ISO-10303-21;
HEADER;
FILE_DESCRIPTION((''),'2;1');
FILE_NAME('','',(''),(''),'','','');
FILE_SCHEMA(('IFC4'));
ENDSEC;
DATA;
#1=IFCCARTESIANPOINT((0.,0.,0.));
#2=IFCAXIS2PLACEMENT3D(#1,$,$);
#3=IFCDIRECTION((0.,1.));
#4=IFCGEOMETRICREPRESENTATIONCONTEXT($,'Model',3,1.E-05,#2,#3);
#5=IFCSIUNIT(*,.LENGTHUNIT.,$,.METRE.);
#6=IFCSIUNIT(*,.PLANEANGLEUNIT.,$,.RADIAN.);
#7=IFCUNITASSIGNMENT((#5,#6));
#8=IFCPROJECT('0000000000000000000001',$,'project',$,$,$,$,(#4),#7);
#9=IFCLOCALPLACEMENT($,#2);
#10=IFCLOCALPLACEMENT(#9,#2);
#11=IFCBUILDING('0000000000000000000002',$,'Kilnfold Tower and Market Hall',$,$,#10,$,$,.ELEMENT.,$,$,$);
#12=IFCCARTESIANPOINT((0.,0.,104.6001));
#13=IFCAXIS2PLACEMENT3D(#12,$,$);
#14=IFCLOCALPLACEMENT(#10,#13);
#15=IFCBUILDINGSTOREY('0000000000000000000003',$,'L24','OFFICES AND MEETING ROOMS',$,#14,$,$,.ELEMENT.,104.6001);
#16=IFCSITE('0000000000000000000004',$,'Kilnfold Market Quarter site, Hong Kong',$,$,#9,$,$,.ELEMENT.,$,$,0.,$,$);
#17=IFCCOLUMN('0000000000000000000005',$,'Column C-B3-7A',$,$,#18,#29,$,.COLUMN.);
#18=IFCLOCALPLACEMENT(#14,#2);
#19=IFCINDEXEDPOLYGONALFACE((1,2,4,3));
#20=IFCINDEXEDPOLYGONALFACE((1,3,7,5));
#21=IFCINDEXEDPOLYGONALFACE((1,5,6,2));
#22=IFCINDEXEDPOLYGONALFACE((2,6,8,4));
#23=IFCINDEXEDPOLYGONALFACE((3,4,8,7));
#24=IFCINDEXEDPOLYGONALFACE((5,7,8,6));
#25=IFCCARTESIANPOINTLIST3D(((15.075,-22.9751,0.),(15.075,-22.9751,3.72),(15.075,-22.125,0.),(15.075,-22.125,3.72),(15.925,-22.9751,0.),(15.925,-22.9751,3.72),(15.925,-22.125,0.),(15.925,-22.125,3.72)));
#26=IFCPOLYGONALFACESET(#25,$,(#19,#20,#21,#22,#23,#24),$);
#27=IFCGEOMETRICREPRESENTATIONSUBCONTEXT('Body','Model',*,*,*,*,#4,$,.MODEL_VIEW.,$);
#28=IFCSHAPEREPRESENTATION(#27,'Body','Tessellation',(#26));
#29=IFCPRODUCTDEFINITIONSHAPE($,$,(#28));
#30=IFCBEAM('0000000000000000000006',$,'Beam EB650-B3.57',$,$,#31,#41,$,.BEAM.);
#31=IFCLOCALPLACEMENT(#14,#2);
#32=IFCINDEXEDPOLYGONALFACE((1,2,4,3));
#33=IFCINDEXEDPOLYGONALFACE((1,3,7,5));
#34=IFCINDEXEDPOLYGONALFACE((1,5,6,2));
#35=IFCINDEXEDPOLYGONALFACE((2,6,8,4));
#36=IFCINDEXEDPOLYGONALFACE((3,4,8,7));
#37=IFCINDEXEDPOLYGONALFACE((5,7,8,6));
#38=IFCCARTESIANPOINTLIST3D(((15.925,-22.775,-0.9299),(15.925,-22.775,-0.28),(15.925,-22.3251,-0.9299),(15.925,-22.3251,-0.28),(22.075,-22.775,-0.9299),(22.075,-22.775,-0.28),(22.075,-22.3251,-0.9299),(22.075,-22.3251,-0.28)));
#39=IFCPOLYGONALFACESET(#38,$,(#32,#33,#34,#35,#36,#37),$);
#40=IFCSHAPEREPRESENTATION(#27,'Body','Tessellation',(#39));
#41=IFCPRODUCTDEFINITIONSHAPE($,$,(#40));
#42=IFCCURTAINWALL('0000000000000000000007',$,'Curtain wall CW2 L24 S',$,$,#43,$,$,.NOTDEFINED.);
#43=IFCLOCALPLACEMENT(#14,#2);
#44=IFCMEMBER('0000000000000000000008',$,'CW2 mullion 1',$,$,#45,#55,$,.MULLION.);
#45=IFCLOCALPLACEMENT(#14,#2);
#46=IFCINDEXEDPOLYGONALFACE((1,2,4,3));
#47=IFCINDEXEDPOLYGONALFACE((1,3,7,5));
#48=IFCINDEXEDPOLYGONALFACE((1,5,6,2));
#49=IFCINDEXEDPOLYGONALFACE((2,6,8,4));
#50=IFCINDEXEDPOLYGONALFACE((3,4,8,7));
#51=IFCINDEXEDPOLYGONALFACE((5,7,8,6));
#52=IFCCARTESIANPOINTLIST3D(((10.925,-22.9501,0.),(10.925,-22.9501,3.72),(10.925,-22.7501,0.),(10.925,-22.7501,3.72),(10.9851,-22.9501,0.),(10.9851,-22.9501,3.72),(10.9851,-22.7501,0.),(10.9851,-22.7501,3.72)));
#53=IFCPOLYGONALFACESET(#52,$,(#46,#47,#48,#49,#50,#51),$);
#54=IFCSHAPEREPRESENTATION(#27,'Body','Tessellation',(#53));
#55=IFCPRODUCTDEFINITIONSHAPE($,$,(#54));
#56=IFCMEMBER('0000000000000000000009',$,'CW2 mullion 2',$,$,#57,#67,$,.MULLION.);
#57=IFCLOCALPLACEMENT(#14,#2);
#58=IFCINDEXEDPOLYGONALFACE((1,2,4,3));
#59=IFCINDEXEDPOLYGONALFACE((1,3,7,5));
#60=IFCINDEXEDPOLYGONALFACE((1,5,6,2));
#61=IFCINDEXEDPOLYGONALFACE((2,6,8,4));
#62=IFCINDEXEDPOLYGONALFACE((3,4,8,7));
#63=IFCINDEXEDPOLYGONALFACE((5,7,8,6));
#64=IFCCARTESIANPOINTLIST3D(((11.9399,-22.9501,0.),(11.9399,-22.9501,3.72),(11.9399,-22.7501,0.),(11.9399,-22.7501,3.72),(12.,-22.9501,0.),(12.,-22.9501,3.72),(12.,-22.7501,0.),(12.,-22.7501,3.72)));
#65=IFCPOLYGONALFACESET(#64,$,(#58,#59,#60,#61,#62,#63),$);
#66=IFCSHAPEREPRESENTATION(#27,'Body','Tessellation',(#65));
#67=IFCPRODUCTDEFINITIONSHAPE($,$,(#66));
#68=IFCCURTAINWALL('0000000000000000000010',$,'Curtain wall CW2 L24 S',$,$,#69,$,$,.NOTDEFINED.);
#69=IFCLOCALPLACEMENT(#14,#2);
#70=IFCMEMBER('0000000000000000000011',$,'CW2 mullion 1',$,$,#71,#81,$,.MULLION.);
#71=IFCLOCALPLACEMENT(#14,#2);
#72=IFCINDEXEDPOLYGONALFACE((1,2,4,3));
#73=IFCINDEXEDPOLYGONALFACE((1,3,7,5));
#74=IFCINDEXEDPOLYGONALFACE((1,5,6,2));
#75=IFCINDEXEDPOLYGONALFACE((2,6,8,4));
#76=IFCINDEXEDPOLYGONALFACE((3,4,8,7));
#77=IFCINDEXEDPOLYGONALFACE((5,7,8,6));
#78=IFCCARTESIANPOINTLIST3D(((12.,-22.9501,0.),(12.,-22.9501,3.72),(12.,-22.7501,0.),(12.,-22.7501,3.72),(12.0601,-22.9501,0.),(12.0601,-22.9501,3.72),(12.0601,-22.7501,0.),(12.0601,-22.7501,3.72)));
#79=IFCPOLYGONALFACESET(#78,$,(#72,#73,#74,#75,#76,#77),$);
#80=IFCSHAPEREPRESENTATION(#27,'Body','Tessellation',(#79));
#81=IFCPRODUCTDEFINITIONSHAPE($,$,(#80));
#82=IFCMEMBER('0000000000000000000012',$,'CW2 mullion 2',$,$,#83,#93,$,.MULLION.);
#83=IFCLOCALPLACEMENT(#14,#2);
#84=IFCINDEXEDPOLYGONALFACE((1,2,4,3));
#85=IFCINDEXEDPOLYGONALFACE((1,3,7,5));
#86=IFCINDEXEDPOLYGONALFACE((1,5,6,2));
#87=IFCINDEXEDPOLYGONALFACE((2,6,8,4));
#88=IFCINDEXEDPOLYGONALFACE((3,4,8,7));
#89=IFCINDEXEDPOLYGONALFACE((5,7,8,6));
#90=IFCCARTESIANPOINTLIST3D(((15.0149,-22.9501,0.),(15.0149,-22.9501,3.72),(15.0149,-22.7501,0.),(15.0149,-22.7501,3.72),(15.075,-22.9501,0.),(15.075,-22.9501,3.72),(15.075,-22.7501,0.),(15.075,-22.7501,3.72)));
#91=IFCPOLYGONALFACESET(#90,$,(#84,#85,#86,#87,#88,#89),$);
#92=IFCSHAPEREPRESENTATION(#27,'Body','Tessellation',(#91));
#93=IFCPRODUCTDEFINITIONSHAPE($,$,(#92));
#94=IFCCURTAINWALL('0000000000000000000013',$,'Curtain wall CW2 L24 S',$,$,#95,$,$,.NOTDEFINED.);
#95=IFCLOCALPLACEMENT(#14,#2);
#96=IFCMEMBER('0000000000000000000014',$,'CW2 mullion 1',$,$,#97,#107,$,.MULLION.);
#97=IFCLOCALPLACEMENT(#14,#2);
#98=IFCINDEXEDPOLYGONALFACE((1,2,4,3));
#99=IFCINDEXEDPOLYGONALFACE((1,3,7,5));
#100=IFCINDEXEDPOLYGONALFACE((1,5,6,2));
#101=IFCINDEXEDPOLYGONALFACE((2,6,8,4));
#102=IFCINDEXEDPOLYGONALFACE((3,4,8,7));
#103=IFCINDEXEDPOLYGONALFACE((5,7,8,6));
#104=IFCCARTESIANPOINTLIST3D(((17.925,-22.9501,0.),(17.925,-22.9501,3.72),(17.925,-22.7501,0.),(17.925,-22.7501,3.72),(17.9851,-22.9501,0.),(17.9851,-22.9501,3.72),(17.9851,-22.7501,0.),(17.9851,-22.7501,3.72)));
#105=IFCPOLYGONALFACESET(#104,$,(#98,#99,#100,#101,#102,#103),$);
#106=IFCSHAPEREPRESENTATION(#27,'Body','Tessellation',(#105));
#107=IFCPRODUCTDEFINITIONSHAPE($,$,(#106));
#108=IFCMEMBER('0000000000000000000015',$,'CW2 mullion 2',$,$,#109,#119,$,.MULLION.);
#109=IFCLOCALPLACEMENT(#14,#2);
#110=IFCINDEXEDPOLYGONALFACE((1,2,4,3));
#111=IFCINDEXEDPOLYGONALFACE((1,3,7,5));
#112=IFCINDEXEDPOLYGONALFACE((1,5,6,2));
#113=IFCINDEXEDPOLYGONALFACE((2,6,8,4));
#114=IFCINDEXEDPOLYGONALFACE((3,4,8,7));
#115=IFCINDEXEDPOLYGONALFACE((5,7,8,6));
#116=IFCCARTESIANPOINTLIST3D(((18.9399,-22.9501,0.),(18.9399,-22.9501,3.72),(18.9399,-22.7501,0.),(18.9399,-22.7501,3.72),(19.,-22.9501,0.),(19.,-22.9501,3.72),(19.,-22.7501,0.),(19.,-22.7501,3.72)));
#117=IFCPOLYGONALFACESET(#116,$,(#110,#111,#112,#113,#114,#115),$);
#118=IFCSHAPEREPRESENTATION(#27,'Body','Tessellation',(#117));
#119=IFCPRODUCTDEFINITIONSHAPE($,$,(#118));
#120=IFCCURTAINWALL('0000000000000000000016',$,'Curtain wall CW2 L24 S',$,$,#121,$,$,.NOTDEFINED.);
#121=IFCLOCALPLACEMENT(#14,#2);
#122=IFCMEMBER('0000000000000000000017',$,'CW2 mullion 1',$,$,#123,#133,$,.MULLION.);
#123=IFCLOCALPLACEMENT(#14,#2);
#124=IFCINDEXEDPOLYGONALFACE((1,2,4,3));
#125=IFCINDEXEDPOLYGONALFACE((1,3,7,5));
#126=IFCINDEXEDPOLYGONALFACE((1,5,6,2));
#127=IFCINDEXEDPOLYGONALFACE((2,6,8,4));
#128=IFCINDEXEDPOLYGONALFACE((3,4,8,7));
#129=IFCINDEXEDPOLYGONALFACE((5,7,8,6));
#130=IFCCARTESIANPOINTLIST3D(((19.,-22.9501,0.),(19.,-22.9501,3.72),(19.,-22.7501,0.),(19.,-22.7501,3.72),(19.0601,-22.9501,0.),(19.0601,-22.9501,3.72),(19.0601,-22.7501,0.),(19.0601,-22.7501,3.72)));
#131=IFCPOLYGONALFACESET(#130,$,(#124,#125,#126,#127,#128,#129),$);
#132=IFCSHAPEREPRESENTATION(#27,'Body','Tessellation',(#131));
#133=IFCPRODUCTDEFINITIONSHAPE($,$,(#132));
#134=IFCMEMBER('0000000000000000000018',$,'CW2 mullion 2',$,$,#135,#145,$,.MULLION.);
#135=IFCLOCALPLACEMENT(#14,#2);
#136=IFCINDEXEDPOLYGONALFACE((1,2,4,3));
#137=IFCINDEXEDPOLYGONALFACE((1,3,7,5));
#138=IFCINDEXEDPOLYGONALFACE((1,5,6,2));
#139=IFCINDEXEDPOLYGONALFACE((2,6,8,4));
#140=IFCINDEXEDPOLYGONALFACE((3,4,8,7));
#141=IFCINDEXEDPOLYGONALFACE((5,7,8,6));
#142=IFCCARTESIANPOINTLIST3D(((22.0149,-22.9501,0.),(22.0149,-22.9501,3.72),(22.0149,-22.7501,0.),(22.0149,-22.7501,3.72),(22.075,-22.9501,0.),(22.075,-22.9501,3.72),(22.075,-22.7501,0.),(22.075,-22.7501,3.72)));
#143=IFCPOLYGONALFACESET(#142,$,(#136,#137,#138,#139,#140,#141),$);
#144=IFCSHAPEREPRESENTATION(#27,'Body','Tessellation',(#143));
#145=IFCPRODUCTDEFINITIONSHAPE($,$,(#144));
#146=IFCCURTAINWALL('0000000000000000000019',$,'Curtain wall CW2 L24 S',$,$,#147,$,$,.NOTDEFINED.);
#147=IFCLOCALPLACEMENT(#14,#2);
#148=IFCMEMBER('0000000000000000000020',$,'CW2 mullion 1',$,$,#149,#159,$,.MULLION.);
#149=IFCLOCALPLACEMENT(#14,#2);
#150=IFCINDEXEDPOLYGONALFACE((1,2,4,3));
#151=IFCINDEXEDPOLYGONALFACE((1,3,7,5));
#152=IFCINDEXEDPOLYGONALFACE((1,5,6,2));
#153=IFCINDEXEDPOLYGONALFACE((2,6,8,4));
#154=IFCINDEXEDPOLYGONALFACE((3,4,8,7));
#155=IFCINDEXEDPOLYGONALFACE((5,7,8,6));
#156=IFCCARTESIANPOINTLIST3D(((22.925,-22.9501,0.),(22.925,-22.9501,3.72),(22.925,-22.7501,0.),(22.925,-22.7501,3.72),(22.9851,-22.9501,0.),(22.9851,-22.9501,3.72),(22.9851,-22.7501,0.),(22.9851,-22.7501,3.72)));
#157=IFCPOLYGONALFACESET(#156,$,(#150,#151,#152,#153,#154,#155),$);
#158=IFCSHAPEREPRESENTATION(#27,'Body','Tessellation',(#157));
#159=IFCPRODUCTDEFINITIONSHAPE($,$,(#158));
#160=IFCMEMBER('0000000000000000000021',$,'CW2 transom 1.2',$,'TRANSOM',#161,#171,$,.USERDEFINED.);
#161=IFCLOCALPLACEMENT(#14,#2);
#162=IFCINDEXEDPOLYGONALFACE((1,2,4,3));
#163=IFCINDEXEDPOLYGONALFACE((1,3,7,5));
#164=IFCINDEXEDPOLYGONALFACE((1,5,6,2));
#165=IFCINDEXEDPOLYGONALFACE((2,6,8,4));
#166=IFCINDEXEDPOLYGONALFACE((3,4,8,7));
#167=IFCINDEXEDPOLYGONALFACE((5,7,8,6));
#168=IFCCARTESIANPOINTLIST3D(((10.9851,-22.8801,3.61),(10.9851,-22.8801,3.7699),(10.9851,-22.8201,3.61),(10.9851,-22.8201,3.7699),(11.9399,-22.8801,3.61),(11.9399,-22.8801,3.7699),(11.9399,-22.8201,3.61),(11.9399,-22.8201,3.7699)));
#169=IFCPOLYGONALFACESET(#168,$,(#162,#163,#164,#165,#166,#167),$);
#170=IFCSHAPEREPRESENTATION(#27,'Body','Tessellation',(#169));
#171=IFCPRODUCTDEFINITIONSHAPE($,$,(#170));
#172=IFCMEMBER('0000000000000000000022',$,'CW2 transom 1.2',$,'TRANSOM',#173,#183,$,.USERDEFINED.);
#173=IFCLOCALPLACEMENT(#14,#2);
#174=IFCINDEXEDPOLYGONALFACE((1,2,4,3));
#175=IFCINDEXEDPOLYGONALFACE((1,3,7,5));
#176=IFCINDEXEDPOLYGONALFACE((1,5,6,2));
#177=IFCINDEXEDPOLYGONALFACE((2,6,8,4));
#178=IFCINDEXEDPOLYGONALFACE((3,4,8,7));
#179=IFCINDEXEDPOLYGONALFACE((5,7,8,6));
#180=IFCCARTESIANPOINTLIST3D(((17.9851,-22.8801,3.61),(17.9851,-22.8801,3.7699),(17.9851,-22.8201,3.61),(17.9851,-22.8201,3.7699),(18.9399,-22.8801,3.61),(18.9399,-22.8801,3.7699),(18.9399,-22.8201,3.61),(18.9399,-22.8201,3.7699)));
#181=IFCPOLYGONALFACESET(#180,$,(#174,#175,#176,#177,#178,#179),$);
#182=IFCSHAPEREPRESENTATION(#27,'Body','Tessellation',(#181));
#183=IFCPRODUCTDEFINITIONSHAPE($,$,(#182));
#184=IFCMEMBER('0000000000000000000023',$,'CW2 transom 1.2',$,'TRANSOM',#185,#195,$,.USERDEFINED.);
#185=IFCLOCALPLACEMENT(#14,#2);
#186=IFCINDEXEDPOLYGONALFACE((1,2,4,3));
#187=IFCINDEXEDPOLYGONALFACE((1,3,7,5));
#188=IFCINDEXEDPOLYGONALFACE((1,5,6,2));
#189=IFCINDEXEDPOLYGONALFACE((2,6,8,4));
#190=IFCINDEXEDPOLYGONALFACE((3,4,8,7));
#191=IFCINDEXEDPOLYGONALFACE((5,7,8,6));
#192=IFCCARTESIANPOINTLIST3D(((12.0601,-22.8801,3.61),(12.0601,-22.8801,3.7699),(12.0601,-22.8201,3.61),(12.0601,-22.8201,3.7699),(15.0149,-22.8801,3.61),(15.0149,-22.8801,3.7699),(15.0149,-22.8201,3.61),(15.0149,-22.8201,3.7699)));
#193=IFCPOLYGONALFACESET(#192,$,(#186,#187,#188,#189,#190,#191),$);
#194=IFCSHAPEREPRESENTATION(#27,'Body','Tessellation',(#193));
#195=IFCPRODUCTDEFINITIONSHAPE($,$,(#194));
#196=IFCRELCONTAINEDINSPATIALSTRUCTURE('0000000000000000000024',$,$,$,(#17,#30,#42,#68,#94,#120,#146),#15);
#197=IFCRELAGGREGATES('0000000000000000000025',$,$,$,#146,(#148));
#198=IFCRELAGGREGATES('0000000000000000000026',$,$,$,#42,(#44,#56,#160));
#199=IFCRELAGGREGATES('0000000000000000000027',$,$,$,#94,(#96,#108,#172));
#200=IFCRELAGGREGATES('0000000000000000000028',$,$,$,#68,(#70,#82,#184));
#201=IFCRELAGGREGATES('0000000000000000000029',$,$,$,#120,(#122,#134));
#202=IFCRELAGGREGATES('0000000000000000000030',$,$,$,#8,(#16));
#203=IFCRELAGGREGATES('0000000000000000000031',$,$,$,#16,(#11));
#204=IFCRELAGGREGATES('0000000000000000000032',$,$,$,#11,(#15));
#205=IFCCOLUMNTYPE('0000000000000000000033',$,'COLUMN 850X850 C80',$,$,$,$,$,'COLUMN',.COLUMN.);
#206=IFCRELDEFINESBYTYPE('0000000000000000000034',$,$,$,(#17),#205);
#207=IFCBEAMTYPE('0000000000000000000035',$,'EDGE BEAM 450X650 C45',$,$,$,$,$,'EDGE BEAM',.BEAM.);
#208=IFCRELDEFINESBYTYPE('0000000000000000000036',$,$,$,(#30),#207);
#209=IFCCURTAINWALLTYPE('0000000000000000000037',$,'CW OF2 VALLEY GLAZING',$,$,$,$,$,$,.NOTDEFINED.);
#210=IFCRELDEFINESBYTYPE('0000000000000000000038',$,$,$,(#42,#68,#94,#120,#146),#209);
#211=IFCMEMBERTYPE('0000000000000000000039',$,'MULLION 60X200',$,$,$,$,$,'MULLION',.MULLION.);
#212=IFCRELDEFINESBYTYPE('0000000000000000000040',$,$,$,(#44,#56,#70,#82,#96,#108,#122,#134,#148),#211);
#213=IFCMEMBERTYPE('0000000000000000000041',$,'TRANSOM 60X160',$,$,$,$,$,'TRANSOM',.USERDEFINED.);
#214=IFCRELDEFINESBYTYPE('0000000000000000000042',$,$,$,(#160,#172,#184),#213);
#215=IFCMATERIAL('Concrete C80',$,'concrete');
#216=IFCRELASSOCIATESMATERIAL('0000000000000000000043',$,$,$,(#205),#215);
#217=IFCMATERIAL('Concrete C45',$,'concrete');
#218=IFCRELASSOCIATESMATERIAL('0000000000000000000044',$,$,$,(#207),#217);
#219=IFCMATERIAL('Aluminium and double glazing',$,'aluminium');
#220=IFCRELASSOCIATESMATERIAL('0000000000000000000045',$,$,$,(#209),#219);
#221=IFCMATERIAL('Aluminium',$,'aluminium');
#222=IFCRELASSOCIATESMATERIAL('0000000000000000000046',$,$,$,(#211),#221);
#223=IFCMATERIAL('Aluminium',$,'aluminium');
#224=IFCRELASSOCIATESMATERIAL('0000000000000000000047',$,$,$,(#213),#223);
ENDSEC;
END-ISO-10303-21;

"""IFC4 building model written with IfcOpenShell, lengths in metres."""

from ifc_helpers import new_model, si_unit, direction, frame, origin, origin_2d, place, context, subcontext, project, spatial, rectangle, extrude, source, transform, mapped, material, material_profile, profile_set, type_object, element, aggregate, save


model = new_model("IFC4")

# Units and contexts
model_context = context("Model", 3, precision=1e-05, world=origin(), true_north=direction((0.0, 1.0)))
body_context = subcontext(model_context, "Body", "Model", "MODEL_VIEW")
ifc_project = project(units=[si_unit("LENGTHUNIT", "METRE"), si_unit("PLANEANGLEUNIT", "RADIAN")], contexts=[model_context])

# Site, building, storey
site_placement = place(None, origin())
site = spatial("IfcSite", under=ifc_project, at=site_placement, Name="Kilnfold Market Quarter site, Hong Kong", CompositionType="ELEMENT", RefElevation=0.0)
building_placement = place(site_placement, origin())
building = spatial("IfcBuilding", under=site, at=building_placement, Name="Kilnfold Tower and Market Hall", CompositionType="ELEMENT")
storey_placement = place(building_placement, frame((0.0, 0.0, 104.6001)))
storey = spatial("IfcBuildingStorey", under=building, at=storey_placement, Name="L24", Description="OFFICES AND MEETING ROOMS", CompositionType="ELEMENT", Elevation=104.6001)

# Column
ifc_material_1 = material(Name="Concrete C80", Category="concrete")
ifc_material_profile_1 = material_profile(ifc_material_1, rectangle(XDim=0.8501, YDim=0.8501, at=origin_2d()), Name="RC 850x850")
ifc_profile_set_1 = profile_set([ifc_material_profile_1], Name="Concrete C80")
column_type = type_object("IfcColumnType", Name="COLUMN 850X850 C80", ElementType="COLUMN", PredefinedType="COLUMN", material=ifc_profile_set_1)
shared_shape_1 = source(origin(), body_context, "Body", "SweptSolid", [
    extrude(rectangle(XDim=0.8501, YDim=0.8501, at=origin_2d()), origin(), (0.0, 0.0, 1.0), 3.72),
])
column_placement = place(storey_placement, frame((15.5, -22.55, 0.0), z_axis=(0.0, 0.0, 1.0), x_axis=(1.0, 0.0, 0.0)))
element("IfcColumn", 1, at=column_placement, inside=storey, type_object=column_type, Name="Column C-B3-7A", PredefinedType="COLUMN", context=body_context, shape_type="MappedRepresentation", body=[
    mapped(shared_shape_1, transform((0.0, 0.0, 0.0))),
])

# Beam
ifc_material_2 = material(Name="Concrete C45", Category="concrete")
ifc_material_profile_2 = material_profile(ifc_material_2, rectangle(XDim=0.45, YDim=0.6499, at=origin_2d()), Name="RC 450x650")
ifc_profile_set_2 = profile_set([ifc_material_profile_2], Name="Concrete C45")
beam_type = type_object("IfcBeamType", Name="EDGE BEAM 450X650 C45", ElementType="EDGE BEAM", PredefinedType="BEAM", material=ifc_profile_set_2)
shared_shape_2 = source(origin(), body_context, "Body", "SweptSolid", [
    extrude(rectangle(XDim=0.45, YDim=0.6499, at=origin_2d()), origin(), (0.0, 0.0, 1.0), 6.1499),
])
beam_placement = place(storey_placement, frame((15.925, -22.55, -0.605), z_axis=(1.0, 0.0, 0.0), x_axis=(0.0, 1.0, 0.0)))
element("IfcBeam", 2, at=beam_placement, inside=storey, type_object=beam_type, Name="Beam EB650-B3.57", PredefinedType="BEAM", context=body_context, shape_type="MappedRepresentation", body=[
    mapped(shared_shape_2, transform((0.0, 0.0, 0.0))),
])

# Curtain walls, members
ifc_material_3 = material(Name="Aluminium and double glazing", Category="aluminium")
curtain_wall_type = type_object("IfcCurtainWallType", Name="CW OF2 VALLEY GLAZING", PredefinedType="NOTDEFINED", material=ifc_material_3)
curtain_wall_1_placement = place(storey_placement, origin())
curtain_wall_1 = element("IfcCurtainWall", 3, at=curtain_wall_1_placement, inside=storey, type_object=curtain_wall_type, Name="Curtain wall CW2 L24 S", PredefinedType="NOTDEFINED")
ifc_material_4 = material(Name="Aluminium", Category="aluminium")
ifc_material_profile_3 = material_profile(ifc_material_4, rectangle(XDim=0.0601, YDim=0.2, at=origin_2d()), Name="MULLION 60x200")
ifc_profile_set_3 = profile_set([ifc_material_profile_3], Name="Aluminium")
member_type_1 = type_object("IfcMemberType", Name="MULLION 60X200", ElementType="MULLION", PredefinedType="MULLION", material=ifc_profile_set_3)
shared_shape_3 = source(origin(), body_context, "Body", "SweptSolid", [
    extrude(rectangle(XDim=0.0601, YDim=0.2, at=origin_2d()), origin(), (0.0, 0.0, 1.0), 3.72),
])
member_1_placement = place(storey_placement, frame((10.9551, -22.8501, 0.0), z_axis=(0.0, 0.0, 1.0), x_axis=(1.0, 0.0, 0.0)))
member_1 = element("IfcMember", 4, at=member_1_placement, type_object=member_type_1, Name="CW2 mullion 1", PredefinedType="MULLION", context=body_context, shape_type="MappedRepresentation", body=[
    mapped(shared_shape_3, transform((0.0, 0.0, 0.0))),
])
member_2_placement = place(storey_placement, frame((11.97, -22.8501, 0.0), z_axis=(0.0, 0.0, 1.0), x_axis=(1.0, 0.0, 0.0)))
member_2 = element("IfcMember", 5, at=member_2_placement, type_object=member_type_1, Name="CW2 mullion 2", PredefinedType="MULLION", context=body_context, shape_type="MappedRepresentation", body=[
    mapped(shared_shape_3, transform((0.0, 0.0, 0.0))),
])
curtain_wall_2_placement = place(storey_placement, origin())
curtain_wall_2 = element("IfcCurtainWall", 6, at=curtain_wall_2_placement, inside=storey, type_object=curtain_wall_type, Name="Curtain wall CW2 L24 S", PredefinedType="NOTDEFINED")
member_3_placement = place(storey_placement, frame((12.03, -22.8501, 0.0), z_axis=(0.0, 0.0, 1.0), x_axis=(1.0, 0.0, 0.0)))
member_3 = element("IfcMember", 7, at=member_3_placement, type_object=member_type_1, Name="CW2 mullion 1", PredefinedType="MULLION", context=body_context, shape_type="MappedRepresentation", body=[
    mapped(shared_shape_3, transform((0.0, 0.0, 0.0))),
])
member_4_placement = place(storey_placement, frame((15.0449, -22.8501, 0.0), z_axis=(0.0, 0.0, 1.0), x_axis=(1.0, 0.0, 0.0)))
member_4 = element("IfcMember", 8, at=member_4_placement, type_object=member_type_1, Name="CW2 mullion 2", PredefinedType="MULLION", context=body_context, shape_type="MappedRepresentation", body=[
    mapped(shared_shape_3, transform((0.0, 0.0, 0.0))),
])
curtain_wall_3_placement = place(storey_placement, origin())
curtain_wall_3 = element("IfcCurtainWall", 9, at=curtain_wall_3_placement, inside=storey, type_object=curtain_wall_type, Name="Curtain wall CW2 L24 S", PredefinedType="NOTDEFINED")
member_5_placement = place(storey_placement, frame((17.9551, -22.8501, 0.0), z_axis=(0.0, 0.0, 1.0), x_axis=(1.0, 0.0, 0.0)))
member_5 = element("IfcMember", 10, at=member_5_placement, type_object=member_type_1, Name="CW2 mullion 1", PredefinedType="MULLION", context=body_context, shape_type="MappedRepresentation", body=[
    mapped(shared_shape_3, transform((0.0, 0.0, 0.0))),
])
member_6_placement = place(storey_placement, frame((18.97, -22.8501, 0.0), z_axis=(0.0, 0.0, 1.0), x_axis=(1.0, 0.0, 0.0)))
member_6 = element("IfcMember", 11, at=member_6_placement, type_object=member_type_1, Name="CW2 mullion 2", PredefinedType="MULLION", context=body_context, shape_type="MappedRepresentation", body=[
    mapped(shared_shape_3, transform((0.0, 0.0, 0.0))),
])
curtain_wall_4_placement = place(storey_placement, origin())
curtain_wall_4 = element("IfcCurtainWall", 12, at=curtain_wall_4_placement, inside=storey, type_object=curtain_wall_type, Name="Curtain wall CW2 L24 S", PredefinedType="NOTDEFINED")
member_7_placement = place(storey_placement, frame((19.03, -22.8501, 0.0), z_axis=(0.0, 0.0, 1.0), x_axis=(1.0, 0.0, 0.0)))
member_7 = element("IfcMember", 13, at=member_7_placement, type_object=member_type_1, Name="CW2 mullion 1", PredefinedType="MULLION", context=body_context, shape_type="MappedRepresentation", body=[
    mapped(shared_shape_3, transform((0.0, 0.0, 0.0))),
])
member_8_placement = place(storey_placement, frame((22.0449, -22.8501, 0.0), z_axis=(0.0, 0.0, 1.0), x_axis=(1.0, 0.0, 0.0)))
member_8 = element("IfcMember", 14, at=member_8_placement, type_object=member_type_1, Name="CW2 mullion 2", PredefinedType="MULLION", context=body_context, shape_type="MappedRepresentation", body=[
    mapped(shared_shape_3, transform((0.0, 0.0, 0.0))),
])

# Curtain wall, member
curtain_wall_5_placement = place(storey_placement, origin())
curtain_wall_5 = element("IfcCurtainWall", 15, at=curtain_wall_5_placement, inside=storey, type_object=curtain_wall_type, Name="Curtain wall CW2 L24 S", PredefinedType="NOTDEFINED")
member_9_placement = place(storey_placement, frame((22.9551, -22.8501, 0.0), z_axis=(0.0, 0.0, 1.0), x_axis=(1.0, 0.0, 0.0)))
member_9 = element("IfcMember", 16, at=member_9_placement, type_object=member_type_1, Name="CW2 mullion 1", PredefinedType="MULLION", context=body_context, shape_type="MappedRepresentation", body=[
    mapped(shared_shape_3, transform((0.0, 0.0, 0.0))),
])

# Members
ifc_material_5 = material(Name="Aluminium", Category="aluminium")
ifc_material_profile_4 = material_profile(ifc_material_5, rectangle(XDim=0.0601, YDim=0.1599, at=origin_2d()), Name="TRANSOM 60x160")
ifc_profile_set_4 = profile_set([ifc_material_profile_4], Name="Aluminium")
member_type_2 = type_object("IfcMemberType", Name="TRANSOM 60X160", ElementType="TRANSOM", PredefinedType="USERDEFINED", material=ifc_profile_set_4)
shared_shape_4 = source(origin(), body_context, "Body", "SweptSolid", [
    extrude(rectangle(XDim=0.0601, YDim=0.1599, at=origin_2d()), origin(), (0.0, 0.0, 1.0), 0.9548),
])
member_10_placement = place(storey_placement, frame((10.9851, -22.8501, 3.6899), z_axis=(1.0, 0.0, 0.0), x_axis=(0.0, 1.0, 0.0)))
member_10 = element("IfcMember", 17, at=member_10_placement, type_object=member_type_2, Name="CW2 transom 1.2", ObjectType="TRANSOM", PredefinedType="USERDEFINED", context=body_context, shape_type="MappedRepresentation", body=[
    mapped(shared_shape_4, transform((0.0, 0.0, 0.0))),
])
member_11_placement = place(storey_placement, frame((17.9851, -22.8501, 3.6899), z_axis=(1.0, 0.0, 0.0), x_axis=(0.0, 1.0, 0.0)))
member_11 = element("IfcMember", 18, at=member_11_placement, type_object=member_type_2, Name="CW2 transom 1.2", ObjectType="TRANSOM", PredefinedType="USERDEFINED", context=body_context, shape_type="MappedRepresentation", body=[
    mapped(shared_shape_4, transform((0.0, 0.0, 0.0))),
])
shared_shape_5 = source(origin(), body_context, "Body", "SweptSolid", [
    extrude(rectangle(XDim=0.0601, YDim=0.1599, at=origin_2d()), origin(), (0.0, 0.0, 1.0), 2.9548),
])
member_12_placement = place(storey_placement, frame((12.0601, -22.8501, 3.6899), z_axis=(1.0, 0.0, 0.0), x_axis=(0.0, 1.0, 0.0)))
member_12 = element("IfcMember", 19, at=member_12_placement, type_object=member_type_2, Name="CW2 transom 1.2", ObjectType="TRANSOM", PredefinedType="USERDEFINED", context=body_context, shape_type="MappedRepresentation", body=[
    mapped(shared_shape_5, transform((0.0, 0.0, 0.0))),
])
aggregate(curtain_wall_5, [member_9])

aggregate(curtain_wall_1, [member_1, member_2, member_10])
aggregate(curtain_wall_3, [member_5, member_6, member_11])
aggregate(curtain_wall_2, [member_3, member_4, member_12])
aggregate(curtain_wall_4, [member_7, member_8])

save(model, "model.ifc")
